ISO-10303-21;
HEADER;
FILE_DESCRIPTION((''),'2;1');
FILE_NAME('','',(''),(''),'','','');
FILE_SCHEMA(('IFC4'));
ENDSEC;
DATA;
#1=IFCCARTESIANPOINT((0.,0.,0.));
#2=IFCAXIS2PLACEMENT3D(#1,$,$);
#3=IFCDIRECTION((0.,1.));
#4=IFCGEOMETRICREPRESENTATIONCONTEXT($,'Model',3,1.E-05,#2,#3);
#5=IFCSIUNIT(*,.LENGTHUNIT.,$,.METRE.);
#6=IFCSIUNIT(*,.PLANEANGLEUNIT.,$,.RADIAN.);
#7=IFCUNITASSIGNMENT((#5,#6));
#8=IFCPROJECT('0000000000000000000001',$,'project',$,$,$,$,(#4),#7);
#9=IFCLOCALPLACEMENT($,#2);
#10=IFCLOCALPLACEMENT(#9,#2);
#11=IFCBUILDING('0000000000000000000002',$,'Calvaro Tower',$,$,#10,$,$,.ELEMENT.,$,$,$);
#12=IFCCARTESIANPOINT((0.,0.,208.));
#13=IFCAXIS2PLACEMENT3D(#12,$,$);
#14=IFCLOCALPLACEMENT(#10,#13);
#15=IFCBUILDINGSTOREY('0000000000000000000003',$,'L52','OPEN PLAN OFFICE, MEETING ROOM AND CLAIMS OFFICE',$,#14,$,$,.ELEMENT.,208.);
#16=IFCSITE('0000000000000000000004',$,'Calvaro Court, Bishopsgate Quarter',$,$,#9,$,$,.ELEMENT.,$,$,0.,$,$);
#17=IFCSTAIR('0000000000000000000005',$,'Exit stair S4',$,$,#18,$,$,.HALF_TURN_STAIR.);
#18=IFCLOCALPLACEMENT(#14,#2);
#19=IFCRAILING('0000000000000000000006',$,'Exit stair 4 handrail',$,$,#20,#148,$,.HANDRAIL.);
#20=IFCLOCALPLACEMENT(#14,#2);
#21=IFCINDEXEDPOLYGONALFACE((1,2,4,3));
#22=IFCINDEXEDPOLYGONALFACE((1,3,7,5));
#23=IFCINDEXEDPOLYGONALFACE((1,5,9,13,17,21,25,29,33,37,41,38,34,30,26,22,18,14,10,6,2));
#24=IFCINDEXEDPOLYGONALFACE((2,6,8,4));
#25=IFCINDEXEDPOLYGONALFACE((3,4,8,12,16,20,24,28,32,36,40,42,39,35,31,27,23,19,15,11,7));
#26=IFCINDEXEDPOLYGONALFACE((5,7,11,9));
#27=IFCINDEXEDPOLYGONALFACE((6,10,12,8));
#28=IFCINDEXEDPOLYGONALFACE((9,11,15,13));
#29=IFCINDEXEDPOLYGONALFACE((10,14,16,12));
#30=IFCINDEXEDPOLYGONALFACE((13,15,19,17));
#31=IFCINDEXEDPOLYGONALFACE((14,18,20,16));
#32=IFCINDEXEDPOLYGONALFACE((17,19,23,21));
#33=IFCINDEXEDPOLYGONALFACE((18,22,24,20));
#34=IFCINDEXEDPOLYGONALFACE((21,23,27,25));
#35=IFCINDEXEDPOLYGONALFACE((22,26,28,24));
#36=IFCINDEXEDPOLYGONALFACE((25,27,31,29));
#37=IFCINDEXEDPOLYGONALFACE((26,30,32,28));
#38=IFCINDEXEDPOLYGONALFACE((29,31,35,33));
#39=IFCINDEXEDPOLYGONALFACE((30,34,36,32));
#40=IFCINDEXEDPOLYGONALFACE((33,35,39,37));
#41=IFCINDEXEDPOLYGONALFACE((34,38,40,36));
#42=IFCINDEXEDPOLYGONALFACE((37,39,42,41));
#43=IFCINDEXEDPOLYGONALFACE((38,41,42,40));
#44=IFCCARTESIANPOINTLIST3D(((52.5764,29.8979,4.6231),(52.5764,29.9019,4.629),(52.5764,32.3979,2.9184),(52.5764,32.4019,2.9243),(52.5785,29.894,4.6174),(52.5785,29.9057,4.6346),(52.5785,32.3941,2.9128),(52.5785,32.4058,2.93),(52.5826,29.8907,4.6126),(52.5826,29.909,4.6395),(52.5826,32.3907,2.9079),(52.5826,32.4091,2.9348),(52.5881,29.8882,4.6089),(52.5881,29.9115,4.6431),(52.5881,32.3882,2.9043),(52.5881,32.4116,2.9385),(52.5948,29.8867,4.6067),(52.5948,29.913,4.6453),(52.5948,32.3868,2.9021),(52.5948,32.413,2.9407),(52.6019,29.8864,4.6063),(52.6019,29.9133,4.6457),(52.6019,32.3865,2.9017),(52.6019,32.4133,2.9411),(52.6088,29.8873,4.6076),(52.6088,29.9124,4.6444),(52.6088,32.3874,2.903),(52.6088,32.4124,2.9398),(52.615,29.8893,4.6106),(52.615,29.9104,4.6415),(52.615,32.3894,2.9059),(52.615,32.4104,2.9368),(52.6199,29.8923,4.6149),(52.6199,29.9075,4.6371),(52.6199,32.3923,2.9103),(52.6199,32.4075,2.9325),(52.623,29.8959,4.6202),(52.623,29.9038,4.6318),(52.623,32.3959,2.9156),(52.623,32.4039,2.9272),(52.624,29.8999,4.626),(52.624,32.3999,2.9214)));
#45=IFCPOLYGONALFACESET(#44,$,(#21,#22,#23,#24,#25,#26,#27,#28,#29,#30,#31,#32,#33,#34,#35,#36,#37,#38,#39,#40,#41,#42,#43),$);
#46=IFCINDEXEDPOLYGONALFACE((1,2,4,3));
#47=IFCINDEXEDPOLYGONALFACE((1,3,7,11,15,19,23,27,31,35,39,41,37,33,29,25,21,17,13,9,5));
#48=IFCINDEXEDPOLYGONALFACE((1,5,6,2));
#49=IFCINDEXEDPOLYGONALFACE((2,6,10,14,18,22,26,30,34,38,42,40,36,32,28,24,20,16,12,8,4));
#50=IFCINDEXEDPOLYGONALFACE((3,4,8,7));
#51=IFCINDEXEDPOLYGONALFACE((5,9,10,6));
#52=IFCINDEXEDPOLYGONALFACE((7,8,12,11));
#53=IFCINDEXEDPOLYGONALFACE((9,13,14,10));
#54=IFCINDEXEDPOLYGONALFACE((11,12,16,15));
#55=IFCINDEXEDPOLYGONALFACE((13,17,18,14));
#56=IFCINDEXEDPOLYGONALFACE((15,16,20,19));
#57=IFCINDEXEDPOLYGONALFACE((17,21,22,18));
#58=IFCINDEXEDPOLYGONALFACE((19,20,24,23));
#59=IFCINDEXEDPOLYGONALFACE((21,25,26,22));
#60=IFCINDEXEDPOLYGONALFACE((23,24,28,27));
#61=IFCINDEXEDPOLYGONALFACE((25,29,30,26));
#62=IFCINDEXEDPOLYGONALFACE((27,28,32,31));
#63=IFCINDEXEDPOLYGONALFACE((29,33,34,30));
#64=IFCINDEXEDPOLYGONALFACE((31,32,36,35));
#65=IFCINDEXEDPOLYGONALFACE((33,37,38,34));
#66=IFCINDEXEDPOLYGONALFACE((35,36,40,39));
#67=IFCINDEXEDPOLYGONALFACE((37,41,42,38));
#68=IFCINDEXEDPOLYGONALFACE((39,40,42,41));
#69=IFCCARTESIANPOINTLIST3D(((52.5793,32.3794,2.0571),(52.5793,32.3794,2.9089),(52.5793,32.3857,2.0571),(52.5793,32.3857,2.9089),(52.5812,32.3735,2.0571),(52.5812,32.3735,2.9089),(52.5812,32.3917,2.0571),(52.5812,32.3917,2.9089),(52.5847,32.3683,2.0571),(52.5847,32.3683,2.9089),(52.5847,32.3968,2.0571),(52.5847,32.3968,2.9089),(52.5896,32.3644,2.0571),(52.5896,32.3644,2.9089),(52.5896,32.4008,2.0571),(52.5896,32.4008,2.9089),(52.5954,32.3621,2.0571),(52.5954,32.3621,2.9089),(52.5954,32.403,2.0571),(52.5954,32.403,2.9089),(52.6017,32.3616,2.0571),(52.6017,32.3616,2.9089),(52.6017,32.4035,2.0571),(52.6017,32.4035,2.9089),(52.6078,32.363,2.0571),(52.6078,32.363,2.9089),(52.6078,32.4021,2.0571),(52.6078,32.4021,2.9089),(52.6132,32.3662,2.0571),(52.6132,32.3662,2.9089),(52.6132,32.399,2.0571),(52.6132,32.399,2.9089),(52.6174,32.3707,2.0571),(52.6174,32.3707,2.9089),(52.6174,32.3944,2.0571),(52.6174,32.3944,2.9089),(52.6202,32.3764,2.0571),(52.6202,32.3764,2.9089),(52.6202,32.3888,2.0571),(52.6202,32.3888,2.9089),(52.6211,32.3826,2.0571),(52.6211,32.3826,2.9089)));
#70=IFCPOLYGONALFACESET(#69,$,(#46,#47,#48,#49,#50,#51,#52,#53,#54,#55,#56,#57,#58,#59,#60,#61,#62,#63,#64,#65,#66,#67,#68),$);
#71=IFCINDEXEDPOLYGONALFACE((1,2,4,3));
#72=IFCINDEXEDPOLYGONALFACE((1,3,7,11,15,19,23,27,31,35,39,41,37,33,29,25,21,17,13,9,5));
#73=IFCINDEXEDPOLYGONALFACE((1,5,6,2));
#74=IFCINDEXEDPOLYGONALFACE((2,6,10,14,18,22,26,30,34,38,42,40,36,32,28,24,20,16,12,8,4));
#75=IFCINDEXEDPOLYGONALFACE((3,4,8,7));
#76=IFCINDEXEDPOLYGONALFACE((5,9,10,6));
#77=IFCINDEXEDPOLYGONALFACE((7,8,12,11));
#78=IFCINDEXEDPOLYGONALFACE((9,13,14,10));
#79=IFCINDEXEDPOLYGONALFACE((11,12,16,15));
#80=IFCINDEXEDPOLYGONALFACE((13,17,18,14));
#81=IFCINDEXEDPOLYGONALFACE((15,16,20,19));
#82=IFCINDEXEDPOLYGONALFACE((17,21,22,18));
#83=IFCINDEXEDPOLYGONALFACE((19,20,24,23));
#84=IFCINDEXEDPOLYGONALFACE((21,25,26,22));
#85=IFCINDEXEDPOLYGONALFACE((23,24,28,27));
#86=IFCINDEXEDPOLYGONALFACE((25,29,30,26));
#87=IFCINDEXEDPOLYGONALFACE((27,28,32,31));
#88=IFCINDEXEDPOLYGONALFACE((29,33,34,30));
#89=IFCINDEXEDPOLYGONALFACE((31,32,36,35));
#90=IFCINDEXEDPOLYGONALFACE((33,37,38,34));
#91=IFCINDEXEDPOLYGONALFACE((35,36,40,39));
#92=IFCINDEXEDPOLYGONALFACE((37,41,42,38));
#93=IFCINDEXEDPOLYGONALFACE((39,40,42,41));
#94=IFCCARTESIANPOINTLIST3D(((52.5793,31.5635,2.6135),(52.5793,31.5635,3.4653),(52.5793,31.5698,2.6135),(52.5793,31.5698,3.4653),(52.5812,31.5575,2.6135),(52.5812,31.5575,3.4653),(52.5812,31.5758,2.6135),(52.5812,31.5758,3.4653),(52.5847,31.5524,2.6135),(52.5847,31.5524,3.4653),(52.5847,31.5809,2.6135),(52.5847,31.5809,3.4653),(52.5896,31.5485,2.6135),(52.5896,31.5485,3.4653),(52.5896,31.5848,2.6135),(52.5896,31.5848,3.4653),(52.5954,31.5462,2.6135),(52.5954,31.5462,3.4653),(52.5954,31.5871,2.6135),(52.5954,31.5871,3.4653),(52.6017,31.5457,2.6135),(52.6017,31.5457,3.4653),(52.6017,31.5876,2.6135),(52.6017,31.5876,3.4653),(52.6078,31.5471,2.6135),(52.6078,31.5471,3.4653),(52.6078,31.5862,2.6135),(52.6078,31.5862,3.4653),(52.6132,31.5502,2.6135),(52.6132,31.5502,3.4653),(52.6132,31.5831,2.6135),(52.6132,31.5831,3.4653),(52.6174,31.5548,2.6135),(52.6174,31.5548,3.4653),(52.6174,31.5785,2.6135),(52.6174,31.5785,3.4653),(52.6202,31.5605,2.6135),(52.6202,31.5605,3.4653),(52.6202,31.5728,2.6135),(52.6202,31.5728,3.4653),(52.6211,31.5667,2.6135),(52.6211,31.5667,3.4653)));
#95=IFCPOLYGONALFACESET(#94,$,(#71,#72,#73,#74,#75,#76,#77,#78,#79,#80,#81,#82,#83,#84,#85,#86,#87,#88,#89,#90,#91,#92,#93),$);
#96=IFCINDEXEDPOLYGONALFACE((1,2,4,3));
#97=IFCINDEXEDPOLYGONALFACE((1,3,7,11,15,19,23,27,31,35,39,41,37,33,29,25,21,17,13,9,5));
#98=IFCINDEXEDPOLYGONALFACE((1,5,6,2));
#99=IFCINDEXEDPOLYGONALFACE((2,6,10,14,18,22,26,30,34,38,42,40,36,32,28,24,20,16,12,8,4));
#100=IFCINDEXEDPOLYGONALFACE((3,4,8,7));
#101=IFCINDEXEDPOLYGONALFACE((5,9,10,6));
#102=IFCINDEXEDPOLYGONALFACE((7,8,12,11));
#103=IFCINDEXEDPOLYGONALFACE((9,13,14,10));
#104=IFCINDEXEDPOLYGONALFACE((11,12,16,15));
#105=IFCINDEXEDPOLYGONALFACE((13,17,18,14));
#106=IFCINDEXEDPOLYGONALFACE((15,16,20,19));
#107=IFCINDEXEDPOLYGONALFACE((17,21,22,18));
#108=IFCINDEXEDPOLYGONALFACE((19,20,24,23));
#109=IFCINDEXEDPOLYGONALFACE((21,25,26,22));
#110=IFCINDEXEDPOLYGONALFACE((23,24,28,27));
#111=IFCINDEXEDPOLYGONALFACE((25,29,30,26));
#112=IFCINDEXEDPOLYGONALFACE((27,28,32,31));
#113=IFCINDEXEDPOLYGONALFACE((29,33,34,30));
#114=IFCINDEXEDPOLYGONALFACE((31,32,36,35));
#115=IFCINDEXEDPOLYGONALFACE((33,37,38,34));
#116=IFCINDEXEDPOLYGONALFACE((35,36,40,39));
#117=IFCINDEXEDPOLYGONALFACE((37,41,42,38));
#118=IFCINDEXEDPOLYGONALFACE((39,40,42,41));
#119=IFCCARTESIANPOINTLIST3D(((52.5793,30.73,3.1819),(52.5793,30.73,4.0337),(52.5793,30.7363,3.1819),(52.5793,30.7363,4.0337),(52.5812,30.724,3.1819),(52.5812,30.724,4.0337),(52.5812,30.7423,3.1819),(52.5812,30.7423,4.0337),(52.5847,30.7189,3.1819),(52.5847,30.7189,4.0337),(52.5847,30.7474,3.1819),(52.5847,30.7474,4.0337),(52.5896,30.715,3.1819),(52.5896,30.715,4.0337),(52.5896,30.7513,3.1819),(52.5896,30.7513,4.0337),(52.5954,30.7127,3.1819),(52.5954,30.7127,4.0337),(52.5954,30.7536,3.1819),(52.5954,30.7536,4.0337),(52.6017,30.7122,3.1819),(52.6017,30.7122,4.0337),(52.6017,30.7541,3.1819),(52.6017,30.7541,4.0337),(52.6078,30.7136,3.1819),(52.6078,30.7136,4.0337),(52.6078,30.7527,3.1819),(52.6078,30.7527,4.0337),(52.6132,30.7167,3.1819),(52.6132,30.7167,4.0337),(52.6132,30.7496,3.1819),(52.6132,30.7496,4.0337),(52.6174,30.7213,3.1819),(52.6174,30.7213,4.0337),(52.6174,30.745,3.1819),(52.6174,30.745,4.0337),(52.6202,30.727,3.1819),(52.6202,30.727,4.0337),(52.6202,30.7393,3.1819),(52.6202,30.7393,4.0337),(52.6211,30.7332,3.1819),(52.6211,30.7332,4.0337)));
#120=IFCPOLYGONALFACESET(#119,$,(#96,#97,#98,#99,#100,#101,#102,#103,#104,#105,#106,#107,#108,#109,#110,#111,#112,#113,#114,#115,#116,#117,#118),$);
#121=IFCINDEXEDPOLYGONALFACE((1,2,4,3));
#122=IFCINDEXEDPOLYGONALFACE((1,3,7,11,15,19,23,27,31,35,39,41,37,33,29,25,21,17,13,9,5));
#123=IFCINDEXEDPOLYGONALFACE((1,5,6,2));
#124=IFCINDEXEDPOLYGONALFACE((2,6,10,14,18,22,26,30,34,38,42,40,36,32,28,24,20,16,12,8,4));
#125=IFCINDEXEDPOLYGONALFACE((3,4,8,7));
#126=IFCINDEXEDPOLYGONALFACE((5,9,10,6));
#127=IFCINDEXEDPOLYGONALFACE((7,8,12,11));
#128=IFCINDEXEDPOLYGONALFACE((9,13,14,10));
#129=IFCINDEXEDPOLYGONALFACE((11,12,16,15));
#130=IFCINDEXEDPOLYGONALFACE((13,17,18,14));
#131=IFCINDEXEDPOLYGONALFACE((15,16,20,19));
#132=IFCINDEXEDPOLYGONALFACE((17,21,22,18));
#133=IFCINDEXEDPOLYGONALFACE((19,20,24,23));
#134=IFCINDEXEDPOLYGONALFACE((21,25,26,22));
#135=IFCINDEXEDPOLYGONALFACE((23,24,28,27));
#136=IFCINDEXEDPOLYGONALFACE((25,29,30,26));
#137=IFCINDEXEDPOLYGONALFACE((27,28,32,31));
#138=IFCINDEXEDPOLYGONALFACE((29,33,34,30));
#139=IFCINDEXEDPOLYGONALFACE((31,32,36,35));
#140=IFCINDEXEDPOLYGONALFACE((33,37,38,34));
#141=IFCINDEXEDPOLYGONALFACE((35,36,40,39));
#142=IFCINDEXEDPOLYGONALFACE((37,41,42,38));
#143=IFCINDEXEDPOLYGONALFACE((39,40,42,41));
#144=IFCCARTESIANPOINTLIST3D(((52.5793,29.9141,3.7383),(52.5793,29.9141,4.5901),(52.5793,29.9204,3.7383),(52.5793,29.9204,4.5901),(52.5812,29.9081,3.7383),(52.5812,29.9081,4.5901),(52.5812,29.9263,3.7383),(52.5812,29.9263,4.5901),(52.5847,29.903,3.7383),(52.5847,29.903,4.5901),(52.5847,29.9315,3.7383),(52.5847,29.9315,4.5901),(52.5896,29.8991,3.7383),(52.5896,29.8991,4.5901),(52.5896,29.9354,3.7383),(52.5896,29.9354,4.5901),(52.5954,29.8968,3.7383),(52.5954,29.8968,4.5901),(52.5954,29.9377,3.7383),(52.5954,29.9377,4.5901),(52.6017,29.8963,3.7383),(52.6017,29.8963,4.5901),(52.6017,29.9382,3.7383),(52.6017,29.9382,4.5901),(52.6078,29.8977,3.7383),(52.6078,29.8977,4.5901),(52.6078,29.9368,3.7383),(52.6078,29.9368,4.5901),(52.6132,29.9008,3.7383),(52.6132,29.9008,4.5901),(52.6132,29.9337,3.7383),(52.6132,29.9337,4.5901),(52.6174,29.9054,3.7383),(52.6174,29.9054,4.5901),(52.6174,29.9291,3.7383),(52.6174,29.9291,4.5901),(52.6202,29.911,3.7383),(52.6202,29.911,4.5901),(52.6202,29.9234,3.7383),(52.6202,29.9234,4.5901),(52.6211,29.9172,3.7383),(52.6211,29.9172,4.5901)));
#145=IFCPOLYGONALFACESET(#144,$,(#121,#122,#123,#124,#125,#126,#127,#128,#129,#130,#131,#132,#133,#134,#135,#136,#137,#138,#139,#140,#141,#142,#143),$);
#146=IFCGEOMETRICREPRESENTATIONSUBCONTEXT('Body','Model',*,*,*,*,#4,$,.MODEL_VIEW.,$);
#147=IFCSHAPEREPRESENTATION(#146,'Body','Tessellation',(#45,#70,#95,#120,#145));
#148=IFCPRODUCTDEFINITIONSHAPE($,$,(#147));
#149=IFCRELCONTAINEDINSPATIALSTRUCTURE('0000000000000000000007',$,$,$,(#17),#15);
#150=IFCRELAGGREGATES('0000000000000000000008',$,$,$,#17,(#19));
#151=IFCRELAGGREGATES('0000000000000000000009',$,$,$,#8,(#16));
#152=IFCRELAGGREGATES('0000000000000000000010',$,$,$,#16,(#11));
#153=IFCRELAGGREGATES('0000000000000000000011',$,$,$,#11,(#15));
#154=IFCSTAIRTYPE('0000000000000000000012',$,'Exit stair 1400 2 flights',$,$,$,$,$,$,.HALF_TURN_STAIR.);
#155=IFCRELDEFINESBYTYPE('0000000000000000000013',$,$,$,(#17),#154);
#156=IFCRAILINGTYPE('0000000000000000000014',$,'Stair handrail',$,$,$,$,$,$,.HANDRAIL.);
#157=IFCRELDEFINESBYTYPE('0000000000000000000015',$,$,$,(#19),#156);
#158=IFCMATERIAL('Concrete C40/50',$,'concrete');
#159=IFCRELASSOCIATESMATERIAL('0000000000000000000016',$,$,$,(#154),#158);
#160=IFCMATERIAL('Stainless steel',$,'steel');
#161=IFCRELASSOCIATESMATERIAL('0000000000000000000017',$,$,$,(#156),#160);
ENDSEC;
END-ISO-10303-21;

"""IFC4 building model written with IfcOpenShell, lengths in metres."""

from ifc_helpers import new_model, si_unit, direction, frame, origin, origin_2d, place, context, subcontext, project, spatial, circle, extrude, material, type_object, element, aggregate, save


model = new_model("IFC4")

# Units and contexts
model_context = context("Model", 3, precision=1e-05, world=origin(), true_north=direction((0.0, 1.0)))
body_context = subcontext(model_context, "Body", "Model", "MODEL_VIEW")
ifc_project = project(units=[si_unit("LENGTHUNIT", "METRE"), si_unit("PLANEANGLEUNIT", "RADIAN")], contexts=[model_context])

# Site, building, storey
site_placement = place(None, origin())
site = spatial("IfcSite", under=ifc_project, at=site_placement, Name="Calvaro Court, Bishopsgate Quarter", CompositionType="ELEMENT", RefElevation=0.0)
building_placement = place(site_placement, origin())
building = spatial("IfcBuilding", under=site, at=building_placement, Name="Calvaro Tower", CompositionType="ELEMENT")
storey_placement = place(building_placement, frame((0.0, 0.0, 208.0)))
storey = spatial("IfcBuildingStorey", under=building, at=storey_placement, Name="L52", Description="OPEN PLAN OFFICE, MEETING ROOM AND CLAIMS OFFICE", CompositionType="ELEMENT", Elevation=208.0)

# Stair
ifc_material_1 = material(Name="Concrete C40/50", Category="concrete")
stair_type = type_object("IfcStairType", Name="Exit stair 1400 2 flights", PredefinedType="HALF_TURN_STAIR", material=ifc_material_1)
stair_1_placement = place(storey_placement, origin())
stair_1 = element("IfcStair", 1, at=stair_1_placement, inside=storey, type_object=stair_type, Name="Exit stair S4", PredefinedType="HALF_TURN_STAIR")

# Railing
ifc_material_2 = material(Name="Stainless steel", Category="steel")
railing_type = type_object("IfcRailingType", Name="Stair handrail", PredefinedType="HANDRAIL", material=ifc_material_2)
railing_1_placement = place(storey_placement, frame((52.6001, 32.3999, 2.0454)))
railing_1 = element("IfcRailing", 2, at=railing_1_placement, type_object=railing_type, Name="Exit stair 4 handrail", PredefinedType="HANDRAIL", context=body_context, shape_type="SweptSolid", body=[
    extrude(circle(Radius=0.0239, at=origin_2d()), frame((0.0, 0.0, 0.876), z_axis=(0.0, -0.826221, 0.563347), x_axis=(1.0, 0.0, 0.0)), (0.0, 0.0, 1.0), 3.0259),
    extrude(circle(Radius=0.021, at=origin_2d()), frame((0.0, -0.0173, 0.0117)), (0.0, 0.0, 1.0), 0.8518),
    extrude(circle(Radius=0.021, at=origin_2d()), frame((0.0, -0.8333, 0.5681)), (0.0, 0.0, 1.0), 0.8518),
    extrude(circle(Radius=0.021, at=origin_2d()), frame((0.0, -1.6667, 1.1365)), (0.0, 0.0, 1.0), 0.8518),
    extrude(circle(Radius=0.021, at=origin_2d()), frame((0.0, -2.4827, 1.6929)), (0.0, 0.0, 1.0), 0.8518),
])
aggregate(stair_1, [railing_1])

save(model, "model.ifc")
